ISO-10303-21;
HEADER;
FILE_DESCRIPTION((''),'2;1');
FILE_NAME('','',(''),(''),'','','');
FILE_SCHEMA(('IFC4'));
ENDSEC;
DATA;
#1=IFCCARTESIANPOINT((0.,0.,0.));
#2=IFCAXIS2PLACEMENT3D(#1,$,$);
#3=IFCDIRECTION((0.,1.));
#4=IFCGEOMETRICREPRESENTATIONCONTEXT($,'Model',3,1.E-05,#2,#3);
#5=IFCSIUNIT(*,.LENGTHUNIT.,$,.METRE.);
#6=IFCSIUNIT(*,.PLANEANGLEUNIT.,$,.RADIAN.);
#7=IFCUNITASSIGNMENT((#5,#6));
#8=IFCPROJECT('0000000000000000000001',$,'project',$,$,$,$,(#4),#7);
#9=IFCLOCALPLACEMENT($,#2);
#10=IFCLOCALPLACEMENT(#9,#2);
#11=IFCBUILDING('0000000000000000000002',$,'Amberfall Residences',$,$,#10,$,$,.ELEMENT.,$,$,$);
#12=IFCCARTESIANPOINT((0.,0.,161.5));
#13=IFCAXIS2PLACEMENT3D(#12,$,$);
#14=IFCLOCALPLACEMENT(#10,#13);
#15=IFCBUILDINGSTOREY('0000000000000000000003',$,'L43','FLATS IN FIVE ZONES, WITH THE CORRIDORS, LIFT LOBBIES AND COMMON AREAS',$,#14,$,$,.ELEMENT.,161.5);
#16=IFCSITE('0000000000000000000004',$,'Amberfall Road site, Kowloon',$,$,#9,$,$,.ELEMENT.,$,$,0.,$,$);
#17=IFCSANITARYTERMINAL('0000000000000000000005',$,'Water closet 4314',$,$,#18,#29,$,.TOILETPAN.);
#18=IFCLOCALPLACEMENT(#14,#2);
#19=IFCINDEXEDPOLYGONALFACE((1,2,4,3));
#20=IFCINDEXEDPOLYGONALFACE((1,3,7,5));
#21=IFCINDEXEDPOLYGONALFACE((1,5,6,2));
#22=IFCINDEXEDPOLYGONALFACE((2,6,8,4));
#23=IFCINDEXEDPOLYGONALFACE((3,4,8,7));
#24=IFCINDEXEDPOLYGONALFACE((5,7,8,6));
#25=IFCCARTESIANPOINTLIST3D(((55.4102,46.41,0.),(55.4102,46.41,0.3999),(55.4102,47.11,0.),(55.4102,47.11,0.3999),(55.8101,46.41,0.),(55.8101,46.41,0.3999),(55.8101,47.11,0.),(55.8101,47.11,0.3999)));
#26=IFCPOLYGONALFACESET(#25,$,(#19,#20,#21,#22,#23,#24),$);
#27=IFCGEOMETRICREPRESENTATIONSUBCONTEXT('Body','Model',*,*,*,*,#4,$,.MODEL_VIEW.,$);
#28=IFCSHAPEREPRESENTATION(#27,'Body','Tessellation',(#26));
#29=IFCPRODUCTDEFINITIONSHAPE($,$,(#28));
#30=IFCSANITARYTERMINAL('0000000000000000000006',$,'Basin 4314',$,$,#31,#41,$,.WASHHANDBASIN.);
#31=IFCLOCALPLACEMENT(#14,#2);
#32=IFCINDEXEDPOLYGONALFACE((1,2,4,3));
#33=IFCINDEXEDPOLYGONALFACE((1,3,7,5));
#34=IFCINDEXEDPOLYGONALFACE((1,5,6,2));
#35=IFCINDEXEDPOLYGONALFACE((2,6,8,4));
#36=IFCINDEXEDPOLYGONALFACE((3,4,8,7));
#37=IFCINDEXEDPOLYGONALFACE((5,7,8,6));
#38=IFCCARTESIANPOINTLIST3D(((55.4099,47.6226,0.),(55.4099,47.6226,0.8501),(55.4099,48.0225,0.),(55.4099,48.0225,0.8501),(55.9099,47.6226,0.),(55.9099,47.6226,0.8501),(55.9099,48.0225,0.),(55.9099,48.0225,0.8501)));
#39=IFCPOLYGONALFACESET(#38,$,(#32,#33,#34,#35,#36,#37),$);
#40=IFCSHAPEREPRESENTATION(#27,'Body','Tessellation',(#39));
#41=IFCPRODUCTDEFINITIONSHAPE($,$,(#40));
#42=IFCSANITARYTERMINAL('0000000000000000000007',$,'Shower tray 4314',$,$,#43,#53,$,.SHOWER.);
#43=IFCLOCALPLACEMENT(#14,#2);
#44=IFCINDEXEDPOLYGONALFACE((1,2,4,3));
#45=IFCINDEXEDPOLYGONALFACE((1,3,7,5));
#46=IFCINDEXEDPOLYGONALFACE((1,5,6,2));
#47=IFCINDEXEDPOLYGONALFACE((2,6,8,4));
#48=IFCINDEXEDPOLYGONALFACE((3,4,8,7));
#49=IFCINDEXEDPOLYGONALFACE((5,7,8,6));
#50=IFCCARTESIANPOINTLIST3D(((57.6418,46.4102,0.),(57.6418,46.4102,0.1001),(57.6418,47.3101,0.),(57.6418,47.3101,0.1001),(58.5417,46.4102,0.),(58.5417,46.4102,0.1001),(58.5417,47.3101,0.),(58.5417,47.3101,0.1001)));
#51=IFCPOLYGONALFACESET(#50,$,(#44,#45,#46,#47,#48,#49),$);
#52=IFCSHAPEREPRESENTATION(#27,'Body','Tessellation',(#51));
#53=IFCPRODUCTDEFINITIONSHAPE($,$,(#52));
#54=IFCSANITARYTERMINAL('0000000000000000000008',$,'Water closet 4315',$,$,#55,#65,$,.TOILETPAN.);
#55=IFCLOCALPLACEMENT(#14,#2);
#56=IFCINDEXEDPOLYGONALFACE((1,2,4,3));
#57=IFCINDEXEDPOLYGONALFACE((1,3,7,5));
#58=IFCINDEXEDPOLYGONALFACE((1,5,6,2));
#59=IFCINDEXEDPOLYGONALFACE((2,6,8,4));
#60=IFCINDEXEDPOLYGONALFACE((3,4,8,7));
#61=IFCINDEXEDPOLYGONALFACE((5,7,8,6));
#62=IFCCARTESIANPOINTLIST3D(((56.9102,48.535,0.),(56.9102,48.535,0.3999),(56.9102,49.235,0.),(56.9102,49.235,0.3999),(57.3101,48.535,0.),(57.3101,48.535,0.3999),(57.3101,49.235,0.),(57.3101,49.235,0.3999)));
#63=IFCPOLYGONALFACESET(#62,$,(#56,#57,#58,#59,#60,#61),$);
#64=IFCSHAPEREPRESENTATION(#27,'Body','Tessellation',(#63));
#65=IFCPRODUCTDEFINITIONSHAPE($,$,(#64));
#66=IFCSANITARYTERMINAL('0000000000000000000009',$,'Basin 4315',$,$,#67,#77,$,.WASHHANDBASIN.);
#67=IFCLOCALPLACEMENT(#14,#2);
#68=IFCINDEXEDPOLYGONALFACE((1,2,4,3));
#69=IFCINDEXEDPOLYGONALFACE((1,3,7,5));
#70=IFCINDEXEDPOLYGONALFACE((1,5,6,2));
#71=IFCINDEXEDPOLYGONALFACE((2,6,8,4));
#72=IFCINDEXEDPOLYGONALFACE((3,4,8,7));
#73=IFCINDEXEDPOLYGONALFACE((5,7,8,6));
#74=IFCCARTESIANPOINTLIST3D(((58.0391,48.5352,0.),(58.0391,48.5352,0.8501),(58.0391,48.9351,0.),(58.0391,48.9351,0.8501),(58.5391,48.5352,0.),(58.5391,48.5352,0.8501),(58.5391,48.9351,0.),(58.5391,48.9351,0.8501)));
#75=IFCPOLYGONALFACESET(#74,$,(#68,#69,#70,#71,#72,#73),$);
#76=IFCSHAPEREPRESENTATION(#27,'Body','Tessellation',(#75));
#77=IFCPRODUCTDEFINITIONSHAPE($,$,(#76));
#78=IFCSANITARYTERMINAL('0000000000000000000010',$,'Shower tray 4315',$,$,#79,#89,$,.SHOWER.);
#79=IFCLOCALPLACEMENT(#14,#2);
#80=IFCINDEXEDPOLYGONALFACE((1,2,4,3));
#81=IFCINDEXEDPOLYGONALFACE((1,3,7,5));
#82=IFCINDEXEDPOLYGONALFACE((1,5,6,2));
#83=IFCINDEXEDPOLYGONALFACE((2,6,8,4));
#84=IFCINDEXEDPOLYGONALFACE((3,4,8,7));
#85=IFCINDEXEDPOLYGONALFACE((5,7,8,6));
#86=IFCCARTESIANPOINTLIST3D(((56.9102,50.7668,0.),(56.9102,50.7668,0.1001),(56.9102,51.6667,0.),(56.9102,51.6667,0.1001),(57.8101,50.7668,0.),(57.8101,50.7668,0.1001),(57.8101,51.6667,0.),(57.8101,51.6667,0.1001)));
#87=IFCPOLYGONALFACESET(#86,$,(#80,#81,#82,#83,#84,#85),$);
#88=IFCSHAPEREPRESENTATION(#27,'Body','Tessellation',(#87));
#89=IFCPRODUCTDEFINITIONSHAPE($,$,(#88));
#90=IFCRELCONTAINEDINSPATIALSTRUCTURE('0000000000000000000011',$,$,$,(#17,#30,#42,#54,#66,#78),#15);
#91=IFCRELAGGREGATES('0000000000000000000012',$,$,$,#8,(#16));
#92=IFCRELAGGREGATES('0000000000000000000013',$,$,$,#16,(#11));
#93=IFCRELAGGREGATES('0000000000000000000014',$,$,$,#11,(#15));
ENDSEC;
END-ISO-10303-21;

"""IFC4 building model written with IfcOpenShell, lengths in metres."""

from ifc_helpers import new_model, si_unit, direction, frame, origin, origin_2d, place, context, subcontext, project, spatial, rectangle, extrude, element, save


model = new_model("IFC4")

# Units and contexts
model_context = context("Model", 3, precision=1e-05, world=origin(), true_north=direction((0.0, 1.0)))
body_context = subcontext(model_context, "Body", "Model", "MODEL_VIEW")
ifc_project = project(units=[si_unit("LENGTHUNIT", "METRE"), si_unit("PLANEANGLEUNIT", "RADIAN")], contexts=[model_context])

# Site, building, storey
site_placement = place(None, origin())
site = spatial("IfcSite", under=ifc_project, at=site_placement, Name="Amberfall Road site, Kowloon", CompositionType="ELEMENT", RefElevation=0.0)
building_placement = place(site_placement, origin())
building = spatial("IfcBuilding", under=site, at=building_placement, Name="Amberfall Residences", CompositionType="ELEMENT")
storey_placement = place(building_placement, frame((0.0, 0.0, 161.5)))
storey = spatial("IfcBuildingStorey", under=building, at=storey_placement, Name="L43", Description="FLATS IN FIVE ZONES, WITH THE CORRIDORS, LIFT LOBBIES AND COMMON AREAS", CompositionType="ELEMENT", Elevation=161.5)

# Sanitary terminals
sanitary_terminal_1_placement = place(storey_placement, frame((55.6101, 46.76, 0.0), z_axis=(0.0, 0.0, 1.0), x_axis=(1.0, 0.0, 0.0)))
element("IfcSanitaryTerminal", 1, at=sanitary_terminal_1_placement, inside=storey, Name="Water closet 4314", PredefinedType="TOILETPAN", context=body_context, shape_type="SweptSolid", body=[
    extrude(rectangle(XDim=0.3999, YDim=0.7, at=origin_2d()), origin(), (0.0, 0.0, 1.0), 0.3999),
])
sanitary_terminal_2_placement = place(storey_placement, frame((55.6599, 47.8225, 0.0), z_axis=(0.0, 0.0, 1.0), x_axis=(1.0, 0.0, 0.0)))
element("IfcSanitaryTerminal", 2, at=sanitary_terminal_2_placement, inside=storey, Name="Basin 4314", PredefinedType="WASHHANDBASIN", context=body_context, shape_type="SweptSolid", body=[
    extrude(rectangle(XDim=0.5, YDim=0.3999, at=origin_2d()), origin(), (0.0, 0.0, 1.0), 0.8501),
])
sanitary_terminal_3_placement = place(storey_placement, frame((58.0918, 46.8601, 0.0), z_axis=(0.0, 0.0, 1.0), x_axis=(1.0, 0.0, 0.0)))
element("IfcSanitaryTerminal", 3, at=sanitary_terminal_3_placement, inside=storey, Name="Shower tray 4314", PredefinedType="SHOWER", context=body_context, shape_type="SweptSolid", body=[
    extrude(rectangle(XDim=0.8999, YDim=0.8999, at=origin_2d()), origin(), (0.0, 0.0, 1.0), 0.1001),
])
sanitary_terminal_4_placement = place(storey_placement, frame((57.1101, 48.885, 0.0), z_axis=(0.0, 0.0, 1.0), x_axis=(1.0, 0.0, 0.0)))
element("IfcSanitaryTerminal", 4, at=sanitary_terminal_4_placement, inside=storey, Name="Water closet 4315", PredefinedType="TOILETPAN", context=body_context, shape_type="SweptSolid", body=[
    extrude(rectangle(XDim=0.3999, YDim=0.7, at=origin_2d()), origin(), (0.0, 0.0, 1.0), 0.3999),
])
sanitary_terminal_5_placement = place(storey_placement, frame((58.2891, 48.7351, 0.0), z_axis=(0.0, 0.0, 1.0), x_axis=(1.0, 0.0, 0.0)))
element("IfcSanitaryTerminal", 5, at=sanitary_terminal_5_placement, inside=storey, Name="Basin 4315", PredefinedType="WASHHANDBASIN", context=body_context, shape_type="SweptSolid", body=[
    extrude(rectangle(XDim=0.5, YDim=0.3999, at=origin_2d()), origin(), (0.0, 0.0, 1.0), 0.8501),
])
sanitary_terminal_6_placement = place(storey_placement, frame((57.3601, 51.2168, 0.0), z_axis=(0.0, 0.0, 1.0), x_axis=(1.0, 0.0, 0.0)))
element("IfcSanitaryTerminal", 6, at=sanitary_terminal_6_placement, inside=storey, Name="Shower tray 4315", PredefinedType="SHOWER", context=body_context, shape_type="SweptSolid", body=[
    extrude(rectangle(XDim=0.8999, YDim=0.8999, at=origin_2d()), origin(), (0.0, 0.0, 1.0), 0.1001),
])

save(model, "model.ifc")
